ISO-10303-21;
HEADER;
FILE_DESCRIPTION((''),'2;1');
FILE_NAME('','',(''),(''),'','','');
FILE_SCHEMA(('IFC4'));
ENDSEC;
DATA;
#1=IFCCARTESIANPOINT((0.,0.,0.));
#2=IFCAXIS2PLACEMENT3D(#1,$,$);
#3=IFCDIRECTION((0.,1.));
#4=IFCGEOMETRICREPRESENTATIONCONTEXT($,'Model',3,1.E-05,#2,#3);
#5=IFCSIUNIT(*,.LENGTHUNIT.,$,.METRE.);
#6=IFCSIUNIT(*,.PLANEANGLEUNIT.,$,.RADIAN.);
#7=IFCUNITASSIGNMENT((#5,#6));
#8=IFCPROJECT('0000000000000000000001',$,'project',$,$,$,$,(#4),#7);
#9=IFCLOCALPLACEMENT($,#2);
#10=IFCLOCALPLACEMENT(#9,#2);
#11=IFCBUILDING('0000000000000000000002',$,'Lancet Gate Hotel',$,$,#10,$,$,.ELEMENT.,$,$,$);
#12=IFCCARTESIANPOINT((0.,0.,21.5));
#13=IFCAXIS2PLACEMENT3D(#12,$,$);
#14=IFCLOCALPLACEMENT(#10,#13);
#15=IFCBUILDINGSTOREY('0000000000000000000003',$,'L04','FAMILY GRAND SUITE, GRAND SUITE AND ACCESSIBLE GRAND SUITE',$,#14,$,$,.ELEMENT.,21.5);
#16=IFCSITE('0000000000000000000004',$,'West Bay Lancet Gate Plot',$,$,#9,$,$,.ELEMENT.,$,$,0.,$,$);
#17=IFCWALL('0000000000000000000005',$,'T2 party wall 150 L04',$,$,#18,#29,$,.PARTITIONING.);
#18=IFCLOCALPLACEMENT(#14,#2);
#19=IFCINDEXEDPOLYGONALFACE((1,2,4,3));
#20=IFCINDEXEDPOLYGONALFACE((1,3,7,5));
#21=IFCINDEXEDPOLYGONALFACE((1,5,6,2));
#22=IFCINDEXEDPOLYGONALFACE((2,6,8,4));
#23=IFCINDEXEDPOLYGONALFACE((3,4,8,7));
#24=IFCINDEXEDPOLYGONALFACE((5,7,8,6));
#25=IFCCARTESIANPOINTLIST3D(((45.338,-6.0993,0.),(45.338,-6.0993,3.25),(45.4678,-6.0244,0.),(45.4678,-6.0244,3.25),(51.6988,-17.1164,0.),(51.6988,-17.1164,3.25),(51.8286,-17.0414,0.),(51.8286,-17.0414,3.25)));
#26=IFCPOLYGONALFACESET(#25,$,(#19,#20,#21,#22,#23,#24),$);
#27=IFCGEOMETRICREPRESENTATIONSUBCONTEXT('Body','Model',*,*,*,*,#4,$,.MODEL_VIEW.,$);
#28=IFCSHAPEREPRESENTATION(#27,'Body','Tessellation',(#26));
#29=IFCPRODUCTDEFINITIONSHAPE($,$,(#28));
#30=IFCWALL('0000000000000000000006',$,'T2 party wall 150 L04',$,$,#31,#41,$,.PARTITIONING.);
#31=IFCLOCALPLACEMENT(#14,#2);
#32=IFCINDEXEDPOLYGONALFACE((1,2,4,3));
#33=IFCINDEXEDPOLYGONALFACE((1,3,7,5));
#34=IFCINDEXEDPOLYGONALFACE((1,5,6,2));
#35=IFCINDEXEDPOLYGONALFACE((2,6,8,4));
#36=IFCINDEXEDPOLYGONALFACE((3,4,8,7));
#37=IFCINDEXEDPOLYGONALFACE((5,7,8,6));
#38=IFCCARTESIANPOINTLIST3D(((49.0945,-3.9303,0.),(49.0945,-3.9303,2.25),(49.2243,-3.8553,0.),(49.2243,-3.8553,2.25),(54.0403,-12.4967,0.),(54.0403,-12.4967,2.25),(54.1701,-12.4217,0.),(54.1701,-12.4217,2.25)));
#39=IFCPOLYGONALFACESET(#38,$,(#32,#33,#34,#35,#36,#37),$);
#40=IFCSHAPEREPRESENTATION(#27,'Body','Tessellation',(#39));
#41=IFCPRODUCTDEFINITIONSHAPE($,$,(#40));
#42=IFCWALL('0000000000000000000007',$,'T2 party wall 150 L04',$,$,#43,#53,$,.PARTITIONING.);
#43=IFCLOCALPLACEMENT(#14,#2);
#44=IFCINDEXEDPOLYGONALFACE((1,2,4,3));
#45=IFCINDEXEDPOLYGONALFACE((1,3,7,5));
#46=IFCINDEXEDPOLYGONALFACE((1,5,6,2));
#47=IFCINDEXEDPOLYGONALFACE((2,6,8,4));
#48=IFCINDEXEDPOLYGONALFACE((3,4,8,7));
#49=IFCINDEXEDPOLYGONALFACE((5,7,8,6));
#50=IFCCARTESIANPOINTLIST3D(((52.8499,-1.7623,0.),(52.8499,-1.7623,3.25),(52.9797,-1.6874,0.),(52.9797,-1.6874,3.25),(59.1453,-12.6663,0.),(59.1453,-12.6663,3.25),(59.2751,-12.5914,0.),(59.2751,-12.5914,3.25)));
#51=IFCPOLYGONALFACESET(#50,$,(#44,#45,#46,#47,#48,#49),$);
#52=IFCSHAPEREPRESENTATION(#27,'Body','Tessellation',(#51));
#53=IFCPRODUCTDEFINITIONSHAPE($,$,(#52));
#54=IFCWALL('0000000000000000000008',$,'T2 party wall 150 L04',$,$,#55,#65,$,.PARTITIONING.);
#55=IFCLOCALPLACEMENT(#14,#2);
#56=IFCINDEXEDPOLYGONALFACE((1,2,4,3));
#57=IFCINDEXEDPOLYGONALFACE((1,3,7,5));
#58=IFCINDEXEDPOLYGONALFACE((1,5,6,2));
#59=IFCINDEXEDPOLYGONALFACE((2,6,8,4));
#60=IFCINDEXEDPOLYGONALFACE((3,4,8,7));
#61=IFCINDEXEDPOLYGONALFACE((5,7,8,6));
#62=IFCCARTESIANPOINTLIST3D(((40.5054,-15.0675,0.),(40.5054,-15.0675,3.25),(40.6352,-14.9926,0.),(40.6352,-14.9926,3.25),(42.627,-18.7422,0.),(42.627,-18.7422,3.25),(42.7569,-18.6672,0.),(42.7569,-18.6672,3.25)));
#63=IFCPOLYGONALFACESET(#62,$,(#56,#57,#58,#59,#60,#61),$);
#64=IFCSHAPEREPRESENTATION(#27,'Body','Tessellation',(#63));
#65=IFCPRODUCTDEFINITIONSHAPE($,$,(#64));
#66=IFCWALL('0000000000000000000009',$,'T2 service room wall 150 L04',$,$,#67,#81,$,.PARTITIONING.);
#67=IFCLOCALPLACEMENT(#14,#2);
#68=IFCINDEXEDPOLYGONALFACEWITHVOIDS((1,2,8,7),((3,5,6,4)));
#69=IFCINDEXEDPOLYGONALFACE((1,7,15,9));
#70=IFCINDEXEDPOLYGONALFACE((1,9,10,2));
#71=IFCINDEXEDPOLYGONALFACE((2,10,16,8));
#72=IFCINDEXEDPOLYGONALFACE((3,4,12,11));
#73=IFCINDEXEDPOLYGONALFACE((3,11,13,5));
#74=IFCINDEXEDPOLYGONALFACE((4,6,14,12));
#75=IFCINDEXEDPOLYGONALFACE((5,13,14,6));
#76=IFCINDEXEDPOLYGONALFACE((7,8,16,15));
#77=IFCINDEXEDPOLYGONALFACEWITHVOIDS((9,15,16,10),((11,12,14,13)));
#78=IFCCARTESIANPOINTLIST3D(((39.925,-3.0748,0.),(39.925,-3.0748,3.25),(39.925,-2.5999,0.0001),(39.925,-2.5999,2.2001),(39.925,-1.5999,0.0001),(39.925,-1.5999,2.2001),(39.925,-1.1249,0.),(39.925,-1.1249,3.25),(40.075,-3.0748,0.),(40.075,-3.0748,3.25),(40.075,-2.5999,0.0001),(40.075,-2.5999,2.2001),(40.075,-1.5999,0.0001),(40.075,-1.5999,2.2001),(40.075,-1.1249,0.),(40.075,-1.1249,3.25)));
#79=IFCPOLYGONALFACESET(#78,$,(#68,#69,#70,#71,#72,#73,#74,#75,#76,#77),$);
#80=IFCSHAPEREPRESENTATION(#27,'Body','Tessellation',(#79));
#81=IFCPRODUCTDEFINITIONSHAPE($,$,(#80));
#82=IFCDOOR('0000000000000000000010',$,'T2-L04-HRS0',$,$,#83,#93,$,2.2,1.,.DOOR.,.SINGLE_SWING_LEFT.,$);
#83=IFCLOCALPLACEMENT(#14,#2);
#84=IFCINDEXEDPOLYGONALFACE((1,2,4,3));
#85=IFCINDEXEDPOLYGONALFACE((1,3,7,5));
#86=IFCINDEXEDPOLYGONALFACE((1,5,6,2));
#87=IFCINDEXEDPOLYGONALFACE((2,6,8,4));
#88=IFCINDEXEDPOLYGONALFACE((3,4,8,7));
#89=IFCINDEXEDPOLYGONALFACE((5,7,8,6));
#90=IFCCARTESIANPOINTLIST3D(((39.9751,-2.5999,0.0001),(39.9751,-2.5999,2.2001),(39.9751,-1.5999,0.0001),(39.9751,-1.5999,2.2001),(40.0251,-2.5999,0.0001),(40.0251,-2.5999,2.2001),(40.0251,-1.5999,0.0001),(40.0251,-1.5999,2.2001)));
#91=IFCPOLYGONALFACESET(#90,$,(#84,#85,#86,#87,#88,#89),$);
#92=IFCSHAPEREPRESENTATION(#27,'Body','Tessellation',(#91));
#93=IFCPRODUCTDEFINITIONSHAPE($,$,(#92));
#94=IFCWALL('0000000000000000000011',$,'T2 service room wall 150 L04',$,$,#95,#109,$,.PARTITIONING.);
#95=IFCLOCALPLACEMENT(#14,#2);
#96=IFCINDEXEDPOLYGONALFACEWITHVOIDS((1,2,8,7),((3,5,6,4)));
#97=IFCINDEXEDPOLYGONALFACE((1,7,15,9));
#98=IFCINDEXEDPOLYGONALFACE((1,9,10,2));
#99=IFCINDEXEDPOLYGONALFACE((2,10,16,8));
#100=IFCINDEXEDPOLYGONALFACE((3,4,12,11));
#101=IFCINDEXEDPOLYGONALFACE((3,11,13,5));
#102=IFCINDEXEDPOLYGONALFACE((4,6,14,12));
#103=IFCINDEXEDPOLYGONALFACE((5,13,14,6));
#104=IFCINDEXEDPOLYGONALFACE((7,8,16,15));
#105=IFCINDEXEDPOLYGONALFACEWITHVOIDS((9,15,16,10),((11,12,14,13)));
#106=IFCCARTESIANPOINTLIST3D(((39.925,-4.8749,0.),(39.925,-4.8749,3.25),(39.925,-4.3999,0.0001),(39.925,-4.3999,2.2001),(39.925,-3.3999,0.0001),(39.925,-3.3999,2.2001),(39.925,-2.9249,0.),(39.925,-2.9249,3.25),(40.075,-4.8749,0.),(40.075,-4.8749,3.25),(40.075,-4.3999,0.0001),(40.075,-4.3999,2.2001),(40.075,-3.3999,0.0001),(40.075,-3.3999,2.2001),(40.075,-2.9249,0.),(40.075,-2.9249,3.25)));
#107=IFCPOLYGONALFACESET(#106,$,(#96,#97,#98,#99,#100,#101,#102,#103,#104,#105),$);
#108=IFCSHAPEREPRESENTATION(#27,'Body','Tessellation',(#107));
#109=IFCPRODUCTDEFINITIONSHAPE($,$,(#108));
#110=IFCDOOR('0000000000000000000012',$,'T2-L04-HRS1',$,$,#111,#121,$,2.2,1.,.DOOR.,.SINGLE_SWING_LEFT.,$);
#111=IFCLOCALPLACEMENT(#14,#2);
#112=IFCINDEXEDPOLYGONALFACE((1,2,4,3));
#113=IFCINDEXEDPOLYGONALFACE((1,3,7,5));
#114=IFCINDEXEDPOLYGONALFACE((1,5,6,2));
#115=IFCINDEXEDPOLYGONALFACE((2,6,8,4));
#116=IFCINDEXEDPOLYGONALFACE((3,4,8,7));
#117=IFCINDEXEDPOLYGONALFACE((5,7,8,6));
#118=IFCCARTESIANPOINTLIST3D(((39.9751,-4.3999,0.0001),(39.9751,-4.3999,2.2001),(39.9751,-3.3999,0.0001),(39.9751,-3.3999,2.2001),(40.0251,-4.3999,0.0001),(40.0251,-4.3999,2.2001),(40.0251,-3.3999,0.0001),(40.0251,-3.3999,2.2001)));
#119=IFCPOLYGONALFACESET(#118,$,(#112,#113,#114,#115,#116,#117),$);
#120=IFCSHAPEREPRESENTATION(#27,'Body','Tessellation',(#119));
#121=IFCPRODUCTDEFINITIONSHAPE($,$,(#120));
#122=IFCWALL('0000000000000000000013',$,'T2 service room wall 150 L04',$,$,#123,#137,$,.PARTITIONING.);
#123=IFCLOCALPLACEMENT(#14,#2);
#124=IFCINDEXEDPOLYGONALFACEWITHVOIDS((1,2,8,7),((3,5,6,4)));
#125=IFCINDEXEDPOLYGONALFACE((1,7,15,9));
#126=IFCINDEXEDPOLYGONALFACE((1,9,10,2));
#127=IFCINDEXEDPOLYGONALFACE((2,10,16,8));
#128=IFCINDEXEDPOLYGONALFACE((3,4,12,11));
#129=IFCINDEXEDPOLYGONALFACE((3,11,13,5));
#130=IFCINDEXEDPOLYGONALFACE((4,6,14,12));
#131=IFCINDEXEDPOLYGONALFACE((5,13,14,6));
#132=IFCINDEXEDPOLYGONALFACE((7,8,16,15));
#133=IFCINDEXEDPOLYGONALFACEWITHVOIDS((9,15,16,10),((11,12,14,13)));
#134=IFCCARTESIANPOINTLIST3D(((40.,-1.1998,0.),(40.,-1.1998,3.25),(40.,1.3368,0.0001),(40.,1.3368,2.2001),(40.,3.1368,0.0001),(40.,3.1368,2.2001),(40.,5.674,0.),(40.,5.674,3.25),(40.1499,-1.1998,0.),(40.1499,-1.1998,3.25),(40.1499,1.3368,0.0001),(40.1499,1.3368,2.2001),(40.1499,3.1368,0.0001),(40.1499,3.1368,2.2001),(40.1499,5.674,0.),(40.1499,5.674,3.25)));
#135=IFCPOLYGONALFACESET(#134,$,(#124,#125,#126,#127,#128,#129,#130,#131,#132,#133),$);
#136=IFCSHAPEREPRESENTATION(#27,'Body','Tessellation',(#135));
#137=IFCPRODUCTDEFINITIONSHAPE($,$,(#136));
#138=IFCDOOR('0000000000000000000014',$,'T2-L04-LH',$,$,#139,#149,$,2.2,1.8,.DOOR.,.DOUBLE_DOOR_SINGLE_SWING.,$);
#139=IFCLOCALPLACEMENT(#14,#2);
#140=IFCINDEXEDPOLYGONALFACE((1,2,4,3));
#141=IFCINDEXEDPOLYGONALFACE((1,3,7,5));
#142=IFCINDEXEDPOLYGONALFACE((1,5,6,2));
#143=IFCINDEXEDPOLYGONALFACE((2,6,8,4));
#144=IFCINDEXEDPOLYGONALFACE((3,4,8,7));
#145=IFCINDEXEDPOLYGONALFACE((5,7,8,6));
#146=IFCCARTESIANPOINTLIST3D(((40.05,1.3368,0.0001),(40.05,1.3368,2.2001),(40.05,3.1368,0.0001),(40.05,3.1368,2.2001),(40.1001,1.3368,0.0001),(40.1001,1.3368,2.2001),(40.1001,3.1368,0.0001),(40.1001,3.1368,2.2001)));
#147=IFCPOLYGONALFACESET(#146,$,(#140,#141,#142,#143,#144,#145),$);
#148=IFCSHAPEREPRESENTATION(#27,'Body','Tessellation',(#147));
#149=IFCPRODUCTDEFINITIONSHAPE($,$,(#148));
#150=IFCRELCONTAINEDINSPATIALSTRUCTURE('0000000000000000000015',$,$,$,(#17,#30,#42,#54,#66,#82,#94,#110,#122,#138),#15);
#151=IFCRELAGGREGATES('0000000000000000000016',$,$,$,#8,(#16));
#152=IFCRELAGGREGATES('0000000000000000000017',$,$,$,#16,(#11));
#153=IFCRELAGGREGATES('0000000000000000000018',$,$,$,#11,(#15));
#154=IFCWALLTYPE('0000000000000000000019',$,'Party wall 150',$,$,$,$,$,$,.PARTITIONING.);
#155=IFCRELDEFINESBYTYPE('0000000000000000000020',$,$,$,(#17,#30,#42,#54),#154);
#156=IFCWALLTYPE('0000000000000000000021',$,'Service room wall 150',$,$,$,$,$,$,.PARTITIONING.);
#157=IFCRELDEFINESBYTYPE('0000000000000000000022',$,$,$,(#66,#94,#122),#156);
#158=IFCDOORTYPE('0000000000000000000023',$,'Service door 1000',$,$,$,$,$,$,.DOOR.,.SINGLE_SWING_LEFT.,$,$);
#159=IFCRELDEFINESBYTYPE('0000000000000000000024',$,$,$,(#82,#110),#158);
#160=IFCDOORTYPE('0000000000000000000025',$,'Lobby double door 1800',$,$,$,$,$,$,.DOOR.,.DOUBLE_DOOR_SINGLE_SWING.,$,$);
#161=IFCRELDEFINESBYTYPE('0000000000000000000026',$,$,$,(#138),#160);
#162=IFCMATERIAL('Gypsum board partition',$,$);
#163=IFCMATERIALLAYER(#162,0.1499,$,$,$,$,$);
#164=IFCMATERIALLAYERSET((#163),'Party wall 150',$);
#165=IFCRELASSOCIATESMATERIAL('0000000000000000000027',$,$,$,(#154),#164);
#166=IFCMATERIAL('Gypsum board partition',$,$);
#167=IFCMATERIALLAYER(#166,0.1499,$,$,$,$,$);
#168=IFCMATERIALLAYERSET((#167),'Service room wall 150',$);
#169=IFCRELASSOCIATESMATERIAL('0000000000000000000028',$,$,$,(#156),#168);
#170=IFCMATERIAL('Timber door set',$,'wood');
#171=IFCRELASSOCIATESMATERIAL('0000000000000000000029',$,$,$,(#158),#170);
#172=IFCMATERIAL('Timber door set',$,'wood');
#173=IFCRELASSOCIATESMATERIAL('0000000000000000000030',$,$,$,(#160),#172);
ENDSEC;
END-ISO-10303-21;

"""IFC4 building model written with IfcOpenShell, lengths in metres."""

from ifc_helpers import new_model, si_unit, direction, frame, frame_2d, origin, place, context, subcontext, project, spatial, rectangle, extrude, material, layer, layer_set, type_object, element, fill, save


model = new_model("IFC4")

# Units and contexts
model_context = context("Model", 3, precision=1e-05, world=origin(), true_north=direction((0.0, 1.0)))
body_context = subcontext(model_context, "Body", "Model", "MODEL_VIEW")
ifc_project = project(units=[si_unit("LENGTHUNIT", "METRE"), si_unit("PLANEANGLEUNIT", "RADIAN")], contexts=[model_context])

# Site, building, storey
site_placement = place(None, origin())
site = spatial("IfcSite", under=ifc_project, at=site_placement, Name="West Bay Lancet Gate Plot", CompositionType="ELEMENT", RefElevation=0.0)
building_placement = place(site_placement, origin())
building = spatial("IfcBuilding", under=site, at=building_placement, Name="Lancet Gate Hotel", CompositionType="ELEMENT")
storey_placement = place(building_placement, frame((0.0, 0.0, 21.5)))
storey = spatial("IfcBuildingStorey", under=building, at=storey_placement, Name="L04", Description="FAMILY GRAND SUITE, GRAND SUITE AND ACCESSIBLE GRAND SUITE", CompositionType="ELEMENT", Elevation=21.5)

# Walls
ifc_material_1 = material(Name="Gypsum board partition")
ifc_layer_1 = layer(ifc_material_1, 0.1499)
ifc_layer_set_1 = layer_set([ifc_layer_1], Name="Party wall 150")
wall_type_1 = type_object("IfcWallType", Name="Party wall 150", PredefinedType="PARTITIONING", material=ifc_layer_set_1)
wall_1_placement = place(storey_placement, frame((45.4028, -6.0618, 0.0), z_axis=(0.0, 0.0, 1.0), x_axis=(0.500007, -0.866021, 0.0)))
element("IfcWall", 1, at=wall_1_placement, inside=storey, type_object=wall_type_1, Name="T2 party wall 150 L04", PredefinedType="PARTITIONING", context=body_context, shape_type="SweptSolid", body=[
    extrude(rectangle(XDim=12.7214, YDim=0.1499, at=frame_2d((6.3608, 0.0))), origin(), (0.0, 0.0, 1.0), 3.25),
])
wall_2_placement = place(storey_placement, frame((49.1594, -3.8928, 0.0), z_axis=(0.0, 0.0, 1.0), x_axis=(0.499999, -0.866026, 0.0)))
element("IfcWall", 2, at=wall_2_placement, inside=storey, type_object=wall_type_1, Name="T2 party wall 150 L04", PredefinedType="PARTITIONING", context=body_context, shape_type="SweptSolid", body=[
    extrude(rectangle(XDim=9.8916, YDim=0.1499, at=frame_2d((4.9458, 0.0))), origin(), (0.0, 0.0, 1.0), 2.25),
])
wall_3_placement = place(storey_placement, frame((52.9148, -1.7249, 0.0), z_axis=(0.0, 0.0, 1.0), x_axis=(0.499997, -0.866027, 0.0)))
element("IfcWall", 3, at=wall_3_placement, inside=storey, type_object=wall_type_1, Name="T2 party wall 150 L04", PredefinedType="PARTITIONING", context=body_context, shape_type="SweptSolid", body=[
    extrude(rectangle(XDim=12.5908, YDim=0.1499, at=frame_2d((6.2954, 0.0))), origin(), (0.0, 0.0, 1.0), 3.25),
])
wall_4_placement = place(storey_placement, frame((40.5703, -15.03, 0.0), z_axis=(0.0, 0.0, 1.0), x_axis=(0.500013, -0.866018, 0.0)))
element("IfcWall", 4, at=wall_4_placement, inside=storey, type_object=wall_type_1, Name="T2 party wall 150 L04", PredefinedType="PARTITIONING", context=body_context, shape_type="SweptSolid", body=[
    extrude(rectangle(XDim=4.2432, YDim=0.1499, at=frame_2d((2.1216, 0.0))), origin(), (0.0, 0.0, 1.0), 3.25),
])

# Walls, openings, doors
ifc_material_2 = material(Name="Gypsum board partition")
ifc_layer_2 = layer(ifc_material_2, 0.1499)
ifc_layer_set_2 = layer_set([ifc_layer_2], Name="Service room wall 150")
wall_type_2 = type_object("IfcWallType", Name="Service room wall 150", PredefinedType="PARTITIONING", material=ifc_layer_set_2)
wall_5_placement = place(storey_placement, frame((40.0, -3.075, 0.0), z_axis=(0.0, 0.0, 1.0), x_axis=(0.0, 1.0, 0.0)))
wall_5 = element("IfcWall", 5, at=wall_5_placement, inside=storey, type_object=wall_type_2, Name="T2 service room wall 150 L04", PredefinedType="PARTITIONING", context=body_context, shape_type="SweptSolid", body=[
    extrude(rectangle(XDim=1.95, YDim=0.1499, at=frame_2d((0.9751, 0.0))), origin(), (0.0, 0.0, 1.0), 3.25),
])
opening_1_placement = place(wall_5_placement, frame((0.4751, 0.0, 0.0)))
opening_1 = element("IfcOpeningElement", 6, at=opening_1_placement, cuts=wall_5, PredefinedType="OPENING", context=body_context, shape_type="SweptSolid", body=[
    extrude(rectangle(XDim=1.0, YDim=2.2, at=frame_2d((0.5, 1.1001))), frame((0.0, 0.085, 0.0), z_axis=(0.0, -1.0, 0.0), x_axis=(1.0, 0.0, 0.0)), (0.0, 0.0, 1.0), 0.1699),
])
ifc_material_3 = material(Name="Timber door set", Category="wood")
door_type_1 = type_object("IfcDoorType", Name="Service door 1000", OperationType="SINGLE_SWING_LEFT", PredefinedType="DOOR", material=ifc_material_3)
door_1_placement = place(opening_1_placement, origin())
door_1 = element("IfcDoor", 7, at=door_1_placement, inside=storey, type_object=door_type_1, Name="T2-L04-HRS0", OperationType="SINGLE_SWING_LEFT", OverallHeight=2.2, OverallWidth=1.0, PredefinedType="DOOR", context=body_context, shape_type="SweptSolid", body=[
    extrude(rectangle(XDim=1.0, YDim=2.2, at=frame_2d((0.5, 1.1001))), frame((0.0, 0.0249, 0.0), z_axis=(0.0, -1.0, 0.0), x_axis=(1.0, 0.0, 0.0)), (0.0, 0.0, 1.0), 0.05),
])
fill(opening_1, door_1)
wall_6_placement = place(storey_placement, frame((40.0, -4.875, 0.0), z_axis=(0.0, 0.0, 1.0), x_axis=(0.0, 1.0, 0.0)))
wall_6 = element("IfcWall", 8, at=wall_6_placement, inside=storey, type_object=wall_type_2, Name="T2 service room wall 150 L04", PredefinedType="PARTITIONING", context=body_context, shape_type="SweptSolid", body=[
    extrude(rectangle(XDim=1.95, YDim=0.1499, at=frame_2d((0.9751, 0.0))), origin(), (0.0, 0.0, 1.0), 3.25),
])
opening_2_placement = place(wall_6_placement, frame((0.4751, 0.0, 0.0)))
opening_2 = element("IfcOpeningElement", 9, at=opening_2_placement, cuts=wall_6, PredefinedType="OPENING", context=body_context, shape_type="SweptSolid", body=[
    extrude(rectangle(XDim=1.0, YDim=2.2, at=frame_2d((0.5, 1.1001))), frame((0.0, 0.085, 0.0), z_axis=(0.0, -1.0, 0.0), x_axis=(1.0, 0.0, 0.0)), (0.0, 0.0, 1.0), 0.1699),
])
door_2_placement = place(opening_2_placement, origin())
door_2 = element("IfcDoor", 10, at=door_2_placement, inside=storey, type_object=door_type_1, Name="T2-L04-HRS1", OperationType="SINGLE_SWING_LEFT", OverallHeight=2.2, OverallWidth=1.0, PredefinedType="DOOR", context=body_context, shape_type="SweptSolid", body=[
    extrude(rectangle(XDim=1.0, YDim=2.2, at=frame_2d((0.5, 1.1001))), frame((0.0, 0.0249, 0.0), z_axis=(0.0, -1.0, 0.0), x_axis=(1.0, 0.0, 0.0)), (0.0, 0.0, 1.0), 0.05),
])
fill(opening_2, door_2)
wall_7_placement = place(storey_placement, frame((40.075, -1.2, 0.0), z_axis=(0.0, 0.0, 1.0), x_axis=(0.0, 1.0, 0.0)))
wall_7 = element("IfcWall", 11, at=wall_7_placement, inside=storey, type_object=wall_type_2, Name="T2 service room wall 150 L04", PredefinedType="PARTITIONING", context=body_context, shape_type="SweptSolid", body=[
    extrude(rectangle(XDim=6.8738, YDim=0.1499, at=frame_2d((3.437, 0.0))), origin(), (0.0, 0.0, 1.0), 3.25),
])
opening_3_placement = place(wall_7_placement, frame((2.5369, 0.0, 0.0)))
opening_3 = element("IfcOpeningElement", 12, at=opening_3_placement, cuts=wall_7, PredefinedType="OPENING", context=body_context, shape_type="SweptSolid", body=[
    extrude(rectangle(XDim=1.8, YDim=2.2, at=frame_2d((0.8999, 1.1001))), frame((0.0, 0.085, 0.0), z_axis=(0.0, -1.0, 0.0), x_axis=(1.0, 0.0, 0.0)), (0.0, 0.0, 1.0), 0.1699),
])
ifc_material_4 = material(Name="Timber door set", Category="wood")
door_type_2 = type_object("IfcDoorType", Name="Lobby double door 1800", OperationType="DOUBLE_DOOR_SINGLE_SWING", PredefinedType="DOOR", material=ifc_material_4)
door_3_placement = place(opening_3_placement, origin())
door_3 = element("IfcDoor", 13, at=door_3_placement, inside=storey, type_object=door_type_2, Name="T2-L04-LH", OperationType="DOUBLE_DOOR_SINGLE_SWING", OverallHeight=2.2, OverallWidth=1.8, PredefinedType="DOOR", context=body_context, shape_type="SweptSolid", body=[
    extrude(rectangle(XDim=1.8, YDim=2.2, at=frame_2d((0.8999, 1.1001))), frame((0.0, 0.0249, 0.0), z_axis=(0.0, -1.0, 0.0), x_axis=(1.0, 0.0, 0.0)), (0.0, 0.0, 1.0), 0.05),
])
fill(opening_3, door_3)

save(model, "model.ifc")
